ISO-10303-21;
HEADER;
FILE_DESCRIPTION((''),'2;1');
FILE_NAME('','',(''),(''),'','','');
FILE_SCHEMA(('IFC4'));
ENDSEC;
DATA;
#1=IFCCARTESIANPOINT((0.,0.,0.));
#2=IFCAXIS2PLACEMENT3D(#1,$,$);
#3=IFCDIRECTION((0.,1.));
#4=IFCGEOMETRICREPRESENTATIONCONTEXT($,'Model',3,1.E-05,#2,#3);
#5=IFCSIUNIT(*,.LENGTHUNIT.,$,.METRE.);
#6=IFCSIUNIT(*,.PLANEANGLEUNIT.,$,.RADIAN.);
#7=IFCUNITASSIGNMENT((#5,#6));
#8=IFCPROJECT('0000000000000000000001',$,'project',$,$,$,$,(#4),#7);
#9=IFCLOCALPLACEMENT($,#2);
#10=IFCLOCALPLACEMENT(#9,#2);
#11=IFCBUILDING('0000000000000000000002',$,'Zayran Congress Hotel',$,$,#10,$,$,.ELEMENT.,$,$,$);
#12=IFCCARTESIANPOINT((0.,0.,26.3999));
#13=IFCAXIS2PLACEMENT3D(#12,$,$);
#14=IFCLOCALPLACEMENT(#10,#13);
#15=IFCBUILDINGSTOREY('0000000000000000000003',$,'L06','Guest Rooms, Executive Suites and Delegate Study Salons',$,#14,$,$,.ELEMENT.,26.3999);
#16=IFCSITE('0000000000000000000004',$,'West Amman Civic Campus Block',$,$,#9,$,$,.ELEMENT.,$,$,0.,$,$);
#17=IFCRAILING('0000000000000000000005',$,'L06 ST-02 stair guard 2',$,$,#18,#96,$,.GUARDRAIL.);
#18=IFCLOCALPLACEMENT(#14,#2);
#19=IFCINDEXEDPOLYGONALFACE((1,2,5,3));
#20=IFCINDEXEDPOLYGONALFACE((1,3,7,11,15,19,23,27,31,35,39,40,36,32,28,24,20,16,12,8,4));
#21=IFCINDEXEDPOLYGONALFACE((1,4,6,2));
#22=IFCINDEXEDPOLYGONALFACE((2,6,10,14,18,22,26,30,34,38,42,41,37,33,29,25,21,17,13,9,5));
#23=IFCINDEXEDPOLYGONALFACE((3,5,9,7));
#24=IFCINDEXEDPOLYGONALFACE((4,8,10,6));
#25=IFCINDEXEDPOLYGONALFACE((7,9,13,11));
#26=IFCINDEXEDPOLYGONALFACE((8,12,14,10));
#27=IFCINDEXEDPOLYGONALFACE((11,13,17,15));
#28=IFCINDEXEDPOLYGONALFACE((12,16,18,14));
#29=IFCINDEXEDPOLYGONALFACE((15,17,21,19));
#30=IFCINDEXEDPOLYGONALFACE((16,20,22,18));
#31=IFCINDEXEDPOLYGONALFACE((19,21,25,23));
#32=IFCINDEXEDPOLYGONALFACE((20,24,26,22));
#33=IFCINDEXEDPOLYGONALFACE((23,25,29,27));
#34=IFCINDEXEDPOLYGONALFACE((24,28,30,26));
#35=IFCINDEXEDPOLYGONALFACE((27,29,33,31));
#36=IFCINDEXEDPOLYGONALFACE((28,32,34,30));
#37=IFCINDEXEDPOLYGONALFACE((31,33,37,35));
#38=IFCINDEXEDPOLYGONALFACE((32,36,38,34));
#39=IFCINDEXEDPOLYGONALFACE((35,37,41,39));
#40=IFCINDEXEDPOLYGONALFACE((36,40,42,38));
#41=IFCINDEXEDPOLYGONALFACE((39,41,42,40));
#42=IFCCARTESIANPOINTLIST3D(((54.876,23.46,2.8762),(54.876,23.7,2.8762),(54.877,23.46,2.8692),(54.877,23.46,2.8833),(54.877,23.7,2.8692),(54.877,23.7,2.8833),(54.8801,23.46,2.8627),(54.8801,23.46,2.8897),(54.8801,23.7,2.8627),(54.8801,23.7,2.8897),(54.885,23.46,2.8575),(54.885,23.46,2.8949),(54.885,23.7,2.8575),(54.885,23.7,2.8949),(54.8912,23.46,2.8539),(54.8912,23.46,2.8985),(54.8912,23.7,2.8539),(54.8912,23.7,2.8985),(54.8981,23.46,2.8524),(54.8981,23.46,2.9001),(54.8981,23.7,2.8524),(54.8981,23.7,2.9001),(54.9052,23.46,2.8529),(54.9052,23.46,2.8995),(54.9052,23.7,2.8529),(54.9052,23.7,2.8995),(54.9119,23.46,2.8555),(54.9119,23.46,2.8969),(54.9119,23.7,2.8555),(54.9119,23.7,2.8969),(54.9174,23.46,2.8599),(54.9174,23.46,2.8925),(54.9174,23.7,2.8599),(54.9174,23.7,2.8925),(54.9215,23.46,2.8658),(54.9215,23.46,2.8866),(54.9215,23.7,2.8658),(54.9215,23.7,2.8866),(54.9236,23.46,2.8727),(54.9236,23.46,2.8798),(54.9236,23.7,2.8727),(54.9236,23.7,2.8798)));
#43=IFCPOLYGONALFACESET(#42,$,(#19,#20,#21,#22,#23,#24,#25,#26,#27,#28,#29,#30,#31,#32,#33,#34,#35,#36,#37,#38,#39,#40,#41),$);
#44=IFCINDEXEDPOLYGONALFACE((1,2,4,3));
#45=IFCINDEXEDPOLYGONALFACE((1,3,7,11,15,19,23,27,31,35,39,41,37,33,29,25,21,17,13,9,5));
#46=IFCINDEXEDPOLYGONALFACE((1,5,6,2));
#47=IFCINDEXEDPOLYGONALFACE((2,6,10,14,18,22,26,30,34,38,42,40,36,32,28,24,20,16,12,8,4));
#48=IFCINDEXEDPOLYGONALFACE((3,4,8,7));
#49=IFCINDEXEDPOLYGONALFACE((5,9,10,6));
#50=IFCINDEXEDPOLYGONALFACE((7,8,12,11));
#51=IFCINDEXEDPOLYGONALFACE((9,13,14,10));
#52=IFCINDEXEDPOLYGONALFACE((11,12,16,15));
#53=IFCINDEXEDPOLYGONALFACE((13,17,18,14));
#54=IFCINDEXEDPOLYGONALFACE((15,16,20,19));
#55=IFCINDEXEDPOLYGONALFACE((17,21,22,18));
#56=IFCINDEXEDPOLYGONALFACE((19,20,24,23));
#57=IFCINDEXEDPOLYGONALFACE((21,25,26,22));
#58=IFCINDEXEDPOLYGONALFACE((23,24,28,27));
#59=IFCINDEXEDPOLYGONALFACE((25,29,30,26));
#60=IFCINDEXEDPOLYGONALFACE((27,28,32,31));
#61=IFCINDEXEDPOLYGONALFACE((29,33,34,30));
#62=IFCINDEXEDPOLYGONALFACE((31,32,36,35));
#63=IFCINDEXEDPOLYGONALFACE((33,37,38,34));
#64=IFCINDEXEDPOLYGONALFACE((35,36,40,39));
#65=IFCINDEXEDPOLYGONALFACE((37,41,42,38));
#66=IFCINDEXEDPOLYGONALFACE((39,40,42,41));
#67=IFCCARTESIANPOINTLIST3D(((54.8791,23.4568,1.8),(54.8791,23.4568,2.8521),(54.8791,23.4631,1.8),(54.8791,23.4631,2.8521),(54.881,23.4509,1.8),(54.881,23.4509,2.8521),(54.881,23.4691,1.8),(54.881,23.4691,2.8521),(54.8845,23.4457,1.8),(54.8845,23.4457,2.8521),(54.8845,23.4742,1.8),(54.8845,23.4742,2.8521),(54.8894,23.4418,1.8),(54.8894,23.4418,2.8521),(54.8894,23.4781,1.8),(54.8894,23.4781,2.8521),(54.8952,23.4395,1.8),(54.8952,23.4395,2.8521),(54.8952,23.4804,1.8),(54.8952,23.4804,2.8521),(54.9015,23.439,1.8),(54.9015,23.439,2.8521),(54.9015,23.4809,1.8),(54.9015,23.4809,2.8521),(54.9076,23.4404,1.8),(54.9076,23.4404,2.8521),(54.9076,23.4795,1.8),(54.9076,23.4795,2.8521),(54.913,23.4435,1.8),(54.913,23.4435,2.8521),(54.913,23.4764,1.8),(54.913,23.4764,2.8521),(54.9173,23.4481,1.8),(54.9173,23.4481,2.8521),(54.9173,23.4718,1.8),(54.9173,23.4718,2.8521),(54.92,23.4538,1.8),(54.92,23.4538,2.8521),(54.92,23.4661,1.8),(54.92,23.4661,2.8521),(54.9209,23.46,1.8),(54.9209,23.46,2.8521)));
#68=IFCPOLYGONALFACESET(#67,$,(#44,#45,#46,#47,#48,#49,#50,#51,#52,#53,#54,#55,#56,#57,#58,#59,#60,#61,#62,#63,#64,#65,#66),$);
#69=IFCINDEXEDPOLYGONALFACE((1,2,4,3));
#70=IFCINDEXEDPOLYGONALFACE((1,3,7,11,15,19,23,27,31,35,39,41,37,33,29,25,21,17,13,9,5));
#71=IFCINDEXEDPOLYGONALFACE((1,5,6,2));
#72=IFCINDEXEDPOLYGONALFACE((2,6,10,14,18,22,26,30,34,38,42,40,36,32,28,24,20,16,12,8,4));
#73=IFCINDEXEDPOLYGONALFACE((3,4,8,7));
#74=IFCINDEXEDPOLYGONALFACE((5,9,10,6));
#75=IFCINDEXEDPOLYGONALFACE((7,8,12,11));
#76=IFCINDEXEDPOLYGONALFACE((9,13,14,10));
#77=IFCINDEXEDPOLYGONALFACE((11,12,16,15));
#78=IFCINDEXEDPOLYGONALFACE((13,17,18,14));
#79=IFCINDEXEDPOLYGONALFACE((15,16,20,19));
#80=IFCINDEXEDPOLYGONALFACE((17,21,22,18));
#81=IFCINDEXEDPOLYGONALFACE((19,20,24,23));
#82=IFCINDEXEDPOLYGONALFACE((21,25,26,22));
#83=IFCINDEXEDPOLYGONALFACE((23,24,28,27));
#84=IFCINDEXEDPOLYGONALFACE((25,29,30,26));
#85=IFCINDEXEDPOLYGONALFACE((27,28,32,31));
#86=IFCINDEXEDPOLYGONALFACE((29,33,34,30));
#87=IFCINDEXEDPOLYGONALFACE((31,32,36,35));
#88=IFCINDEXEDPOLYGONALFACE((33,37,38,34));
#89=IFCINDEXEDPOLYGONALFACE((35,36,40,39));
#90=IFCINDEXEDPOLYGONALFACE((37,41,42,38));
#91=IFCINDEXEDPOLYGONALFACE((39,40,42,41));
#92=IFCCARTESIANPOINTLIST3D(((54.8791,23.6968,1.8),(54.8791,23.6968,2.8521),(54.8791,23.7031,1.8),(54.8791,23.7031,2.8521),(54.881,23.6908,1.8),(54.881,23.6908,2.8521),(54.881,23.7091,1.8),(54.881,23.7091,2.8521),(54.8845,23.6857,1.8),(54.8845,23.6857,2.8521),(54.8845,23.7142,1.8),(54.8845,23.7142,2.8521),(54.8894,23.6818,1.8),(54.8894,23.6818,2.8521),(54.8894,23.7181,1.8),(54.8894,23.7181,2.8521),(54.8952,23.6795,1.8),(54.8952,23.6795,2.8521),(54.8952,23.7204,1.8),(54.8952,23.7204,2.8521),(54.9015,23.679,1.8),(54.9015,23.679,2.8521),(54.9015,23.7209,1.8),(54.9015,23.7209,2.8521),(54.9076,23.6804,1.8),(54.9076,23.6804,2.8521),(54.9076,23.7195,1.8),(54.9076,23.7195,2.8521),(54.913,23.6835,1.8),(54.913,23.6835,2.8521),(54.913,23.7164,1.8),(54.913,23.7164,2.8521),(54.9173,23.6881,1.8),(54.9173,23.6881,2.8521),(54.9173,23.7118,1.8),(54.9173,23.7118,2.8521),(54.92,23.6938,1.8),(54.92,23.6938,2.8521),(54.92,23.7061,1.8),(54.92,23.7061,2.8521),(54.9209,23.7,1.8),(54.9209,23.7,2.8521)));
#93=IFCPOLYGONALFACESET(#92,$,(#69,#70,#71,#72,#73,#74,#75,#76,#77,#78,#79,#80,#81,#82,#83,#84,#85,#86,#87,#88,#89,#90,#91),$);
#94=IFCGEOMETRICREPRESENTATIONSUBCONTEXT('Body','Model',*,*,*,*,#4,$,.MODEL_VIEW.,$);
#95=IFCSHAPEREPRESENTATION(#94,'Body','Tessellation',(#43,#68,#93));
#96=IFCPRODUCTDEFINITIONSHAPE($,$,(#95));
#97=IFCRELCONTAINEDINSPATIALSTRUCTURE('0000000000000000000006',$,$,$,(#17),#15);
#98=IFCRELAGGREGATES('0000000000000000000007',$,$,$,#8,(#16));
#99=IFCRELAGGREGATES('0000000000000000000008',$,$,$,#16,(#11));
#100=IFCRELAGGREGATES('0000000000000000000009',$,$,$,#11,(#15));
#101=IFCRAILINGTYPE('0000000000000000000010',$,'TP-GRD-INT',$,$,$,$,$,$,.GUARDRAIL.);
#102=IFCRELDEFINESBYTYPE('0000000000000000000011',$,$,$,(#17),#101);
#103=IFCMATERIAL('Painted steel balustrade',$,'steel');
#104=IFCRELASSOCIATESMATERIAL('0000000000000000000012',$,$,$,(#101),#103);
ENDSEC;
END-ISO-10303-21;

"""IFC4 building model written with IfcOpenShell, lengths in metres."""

from ifc_helpers import new_model, si_unit, direction, frame, origin, origin_2d, place, context, subcontext, project, spatial, circle, extrude, material, type_object, element, save


model = new_model("IFC4")

# Units and contexts
model_context = context("Model", 3, precision=1e-05, world=origin(), true_north=direction((0.0, 1.0)))
body_context = subcontext(model_context, "Body", "Model", "MODEL_VIEW")
ifc_project = project(units=[si_unit("LENGTHUNIT", "METRE"), si_unit("PLANEANGLEUNIT", "RADIAN")], contexts=[model_context])

# Site, building, storey
site_placement = place(None, origin())
site = spatial("IfcSite", under=ifc_project, at=site_placement, Name="West Amman Civic Campus Block", CompositionType="ELEMENT", RefElevation=0.0)
building_placement = place(site_placement, origin())
building = spatial("IfcBuilding", under=site, at=building_placement, Name="Zayran Congress Hotel", CompositionType="ELEMENT")
storey_placement = place(building_placement, frame((0.0, 0.0, 26.3999)))
storey = spatial("IfcBuildingStorey", under=building, at=storey_placement, Name="L06", Description="Guest Rooms, Executive Suites and Delegate Study Salons", CompositionType="ELEMENT", Elevation=26.3999)

# Railing
ifc_material_1 = material(Name="Painted steel balustrade", Category="steel")
railing_type_1 = type_object("IfcRailingType", Name="TP-GRD-INT", PredefinedType="GUARDRAIL", material=ifc_material_1)
railing_1_placement = place(storey_placement, frame((54.8999, 23.46, 1.8)))
element("IfcRailing", 1, at=railing_1_placement, inside=storey, type_object=railing_type_1, Name="L06 ST-02 stair guard 2", PredefinedType="GUARDRAIL", context=body_context, shape_type="SweptSolid", body=[
    extrude(circle(Radius=0.0239, at=origin_2d()), frame((0.0, 0.0, 1.0762), z_axis=(0.0, 1.0, 0.0), x_axis=(-1.0, 0.0, 0.0)), (0.0, 0.0, 1.0), 0.24),
    extrude(circle(Radius=0.021, at=origin_2d()), origin(), (0.0, 0.0, 1.0), 1.052),
    extrude(circle(Radius=0.021, at=origin_2d()), frame((0.0, 0.24, 0.0)), (0.0, 0.0, 1.0), 1.052),
])

save(model, "model.ifc")
